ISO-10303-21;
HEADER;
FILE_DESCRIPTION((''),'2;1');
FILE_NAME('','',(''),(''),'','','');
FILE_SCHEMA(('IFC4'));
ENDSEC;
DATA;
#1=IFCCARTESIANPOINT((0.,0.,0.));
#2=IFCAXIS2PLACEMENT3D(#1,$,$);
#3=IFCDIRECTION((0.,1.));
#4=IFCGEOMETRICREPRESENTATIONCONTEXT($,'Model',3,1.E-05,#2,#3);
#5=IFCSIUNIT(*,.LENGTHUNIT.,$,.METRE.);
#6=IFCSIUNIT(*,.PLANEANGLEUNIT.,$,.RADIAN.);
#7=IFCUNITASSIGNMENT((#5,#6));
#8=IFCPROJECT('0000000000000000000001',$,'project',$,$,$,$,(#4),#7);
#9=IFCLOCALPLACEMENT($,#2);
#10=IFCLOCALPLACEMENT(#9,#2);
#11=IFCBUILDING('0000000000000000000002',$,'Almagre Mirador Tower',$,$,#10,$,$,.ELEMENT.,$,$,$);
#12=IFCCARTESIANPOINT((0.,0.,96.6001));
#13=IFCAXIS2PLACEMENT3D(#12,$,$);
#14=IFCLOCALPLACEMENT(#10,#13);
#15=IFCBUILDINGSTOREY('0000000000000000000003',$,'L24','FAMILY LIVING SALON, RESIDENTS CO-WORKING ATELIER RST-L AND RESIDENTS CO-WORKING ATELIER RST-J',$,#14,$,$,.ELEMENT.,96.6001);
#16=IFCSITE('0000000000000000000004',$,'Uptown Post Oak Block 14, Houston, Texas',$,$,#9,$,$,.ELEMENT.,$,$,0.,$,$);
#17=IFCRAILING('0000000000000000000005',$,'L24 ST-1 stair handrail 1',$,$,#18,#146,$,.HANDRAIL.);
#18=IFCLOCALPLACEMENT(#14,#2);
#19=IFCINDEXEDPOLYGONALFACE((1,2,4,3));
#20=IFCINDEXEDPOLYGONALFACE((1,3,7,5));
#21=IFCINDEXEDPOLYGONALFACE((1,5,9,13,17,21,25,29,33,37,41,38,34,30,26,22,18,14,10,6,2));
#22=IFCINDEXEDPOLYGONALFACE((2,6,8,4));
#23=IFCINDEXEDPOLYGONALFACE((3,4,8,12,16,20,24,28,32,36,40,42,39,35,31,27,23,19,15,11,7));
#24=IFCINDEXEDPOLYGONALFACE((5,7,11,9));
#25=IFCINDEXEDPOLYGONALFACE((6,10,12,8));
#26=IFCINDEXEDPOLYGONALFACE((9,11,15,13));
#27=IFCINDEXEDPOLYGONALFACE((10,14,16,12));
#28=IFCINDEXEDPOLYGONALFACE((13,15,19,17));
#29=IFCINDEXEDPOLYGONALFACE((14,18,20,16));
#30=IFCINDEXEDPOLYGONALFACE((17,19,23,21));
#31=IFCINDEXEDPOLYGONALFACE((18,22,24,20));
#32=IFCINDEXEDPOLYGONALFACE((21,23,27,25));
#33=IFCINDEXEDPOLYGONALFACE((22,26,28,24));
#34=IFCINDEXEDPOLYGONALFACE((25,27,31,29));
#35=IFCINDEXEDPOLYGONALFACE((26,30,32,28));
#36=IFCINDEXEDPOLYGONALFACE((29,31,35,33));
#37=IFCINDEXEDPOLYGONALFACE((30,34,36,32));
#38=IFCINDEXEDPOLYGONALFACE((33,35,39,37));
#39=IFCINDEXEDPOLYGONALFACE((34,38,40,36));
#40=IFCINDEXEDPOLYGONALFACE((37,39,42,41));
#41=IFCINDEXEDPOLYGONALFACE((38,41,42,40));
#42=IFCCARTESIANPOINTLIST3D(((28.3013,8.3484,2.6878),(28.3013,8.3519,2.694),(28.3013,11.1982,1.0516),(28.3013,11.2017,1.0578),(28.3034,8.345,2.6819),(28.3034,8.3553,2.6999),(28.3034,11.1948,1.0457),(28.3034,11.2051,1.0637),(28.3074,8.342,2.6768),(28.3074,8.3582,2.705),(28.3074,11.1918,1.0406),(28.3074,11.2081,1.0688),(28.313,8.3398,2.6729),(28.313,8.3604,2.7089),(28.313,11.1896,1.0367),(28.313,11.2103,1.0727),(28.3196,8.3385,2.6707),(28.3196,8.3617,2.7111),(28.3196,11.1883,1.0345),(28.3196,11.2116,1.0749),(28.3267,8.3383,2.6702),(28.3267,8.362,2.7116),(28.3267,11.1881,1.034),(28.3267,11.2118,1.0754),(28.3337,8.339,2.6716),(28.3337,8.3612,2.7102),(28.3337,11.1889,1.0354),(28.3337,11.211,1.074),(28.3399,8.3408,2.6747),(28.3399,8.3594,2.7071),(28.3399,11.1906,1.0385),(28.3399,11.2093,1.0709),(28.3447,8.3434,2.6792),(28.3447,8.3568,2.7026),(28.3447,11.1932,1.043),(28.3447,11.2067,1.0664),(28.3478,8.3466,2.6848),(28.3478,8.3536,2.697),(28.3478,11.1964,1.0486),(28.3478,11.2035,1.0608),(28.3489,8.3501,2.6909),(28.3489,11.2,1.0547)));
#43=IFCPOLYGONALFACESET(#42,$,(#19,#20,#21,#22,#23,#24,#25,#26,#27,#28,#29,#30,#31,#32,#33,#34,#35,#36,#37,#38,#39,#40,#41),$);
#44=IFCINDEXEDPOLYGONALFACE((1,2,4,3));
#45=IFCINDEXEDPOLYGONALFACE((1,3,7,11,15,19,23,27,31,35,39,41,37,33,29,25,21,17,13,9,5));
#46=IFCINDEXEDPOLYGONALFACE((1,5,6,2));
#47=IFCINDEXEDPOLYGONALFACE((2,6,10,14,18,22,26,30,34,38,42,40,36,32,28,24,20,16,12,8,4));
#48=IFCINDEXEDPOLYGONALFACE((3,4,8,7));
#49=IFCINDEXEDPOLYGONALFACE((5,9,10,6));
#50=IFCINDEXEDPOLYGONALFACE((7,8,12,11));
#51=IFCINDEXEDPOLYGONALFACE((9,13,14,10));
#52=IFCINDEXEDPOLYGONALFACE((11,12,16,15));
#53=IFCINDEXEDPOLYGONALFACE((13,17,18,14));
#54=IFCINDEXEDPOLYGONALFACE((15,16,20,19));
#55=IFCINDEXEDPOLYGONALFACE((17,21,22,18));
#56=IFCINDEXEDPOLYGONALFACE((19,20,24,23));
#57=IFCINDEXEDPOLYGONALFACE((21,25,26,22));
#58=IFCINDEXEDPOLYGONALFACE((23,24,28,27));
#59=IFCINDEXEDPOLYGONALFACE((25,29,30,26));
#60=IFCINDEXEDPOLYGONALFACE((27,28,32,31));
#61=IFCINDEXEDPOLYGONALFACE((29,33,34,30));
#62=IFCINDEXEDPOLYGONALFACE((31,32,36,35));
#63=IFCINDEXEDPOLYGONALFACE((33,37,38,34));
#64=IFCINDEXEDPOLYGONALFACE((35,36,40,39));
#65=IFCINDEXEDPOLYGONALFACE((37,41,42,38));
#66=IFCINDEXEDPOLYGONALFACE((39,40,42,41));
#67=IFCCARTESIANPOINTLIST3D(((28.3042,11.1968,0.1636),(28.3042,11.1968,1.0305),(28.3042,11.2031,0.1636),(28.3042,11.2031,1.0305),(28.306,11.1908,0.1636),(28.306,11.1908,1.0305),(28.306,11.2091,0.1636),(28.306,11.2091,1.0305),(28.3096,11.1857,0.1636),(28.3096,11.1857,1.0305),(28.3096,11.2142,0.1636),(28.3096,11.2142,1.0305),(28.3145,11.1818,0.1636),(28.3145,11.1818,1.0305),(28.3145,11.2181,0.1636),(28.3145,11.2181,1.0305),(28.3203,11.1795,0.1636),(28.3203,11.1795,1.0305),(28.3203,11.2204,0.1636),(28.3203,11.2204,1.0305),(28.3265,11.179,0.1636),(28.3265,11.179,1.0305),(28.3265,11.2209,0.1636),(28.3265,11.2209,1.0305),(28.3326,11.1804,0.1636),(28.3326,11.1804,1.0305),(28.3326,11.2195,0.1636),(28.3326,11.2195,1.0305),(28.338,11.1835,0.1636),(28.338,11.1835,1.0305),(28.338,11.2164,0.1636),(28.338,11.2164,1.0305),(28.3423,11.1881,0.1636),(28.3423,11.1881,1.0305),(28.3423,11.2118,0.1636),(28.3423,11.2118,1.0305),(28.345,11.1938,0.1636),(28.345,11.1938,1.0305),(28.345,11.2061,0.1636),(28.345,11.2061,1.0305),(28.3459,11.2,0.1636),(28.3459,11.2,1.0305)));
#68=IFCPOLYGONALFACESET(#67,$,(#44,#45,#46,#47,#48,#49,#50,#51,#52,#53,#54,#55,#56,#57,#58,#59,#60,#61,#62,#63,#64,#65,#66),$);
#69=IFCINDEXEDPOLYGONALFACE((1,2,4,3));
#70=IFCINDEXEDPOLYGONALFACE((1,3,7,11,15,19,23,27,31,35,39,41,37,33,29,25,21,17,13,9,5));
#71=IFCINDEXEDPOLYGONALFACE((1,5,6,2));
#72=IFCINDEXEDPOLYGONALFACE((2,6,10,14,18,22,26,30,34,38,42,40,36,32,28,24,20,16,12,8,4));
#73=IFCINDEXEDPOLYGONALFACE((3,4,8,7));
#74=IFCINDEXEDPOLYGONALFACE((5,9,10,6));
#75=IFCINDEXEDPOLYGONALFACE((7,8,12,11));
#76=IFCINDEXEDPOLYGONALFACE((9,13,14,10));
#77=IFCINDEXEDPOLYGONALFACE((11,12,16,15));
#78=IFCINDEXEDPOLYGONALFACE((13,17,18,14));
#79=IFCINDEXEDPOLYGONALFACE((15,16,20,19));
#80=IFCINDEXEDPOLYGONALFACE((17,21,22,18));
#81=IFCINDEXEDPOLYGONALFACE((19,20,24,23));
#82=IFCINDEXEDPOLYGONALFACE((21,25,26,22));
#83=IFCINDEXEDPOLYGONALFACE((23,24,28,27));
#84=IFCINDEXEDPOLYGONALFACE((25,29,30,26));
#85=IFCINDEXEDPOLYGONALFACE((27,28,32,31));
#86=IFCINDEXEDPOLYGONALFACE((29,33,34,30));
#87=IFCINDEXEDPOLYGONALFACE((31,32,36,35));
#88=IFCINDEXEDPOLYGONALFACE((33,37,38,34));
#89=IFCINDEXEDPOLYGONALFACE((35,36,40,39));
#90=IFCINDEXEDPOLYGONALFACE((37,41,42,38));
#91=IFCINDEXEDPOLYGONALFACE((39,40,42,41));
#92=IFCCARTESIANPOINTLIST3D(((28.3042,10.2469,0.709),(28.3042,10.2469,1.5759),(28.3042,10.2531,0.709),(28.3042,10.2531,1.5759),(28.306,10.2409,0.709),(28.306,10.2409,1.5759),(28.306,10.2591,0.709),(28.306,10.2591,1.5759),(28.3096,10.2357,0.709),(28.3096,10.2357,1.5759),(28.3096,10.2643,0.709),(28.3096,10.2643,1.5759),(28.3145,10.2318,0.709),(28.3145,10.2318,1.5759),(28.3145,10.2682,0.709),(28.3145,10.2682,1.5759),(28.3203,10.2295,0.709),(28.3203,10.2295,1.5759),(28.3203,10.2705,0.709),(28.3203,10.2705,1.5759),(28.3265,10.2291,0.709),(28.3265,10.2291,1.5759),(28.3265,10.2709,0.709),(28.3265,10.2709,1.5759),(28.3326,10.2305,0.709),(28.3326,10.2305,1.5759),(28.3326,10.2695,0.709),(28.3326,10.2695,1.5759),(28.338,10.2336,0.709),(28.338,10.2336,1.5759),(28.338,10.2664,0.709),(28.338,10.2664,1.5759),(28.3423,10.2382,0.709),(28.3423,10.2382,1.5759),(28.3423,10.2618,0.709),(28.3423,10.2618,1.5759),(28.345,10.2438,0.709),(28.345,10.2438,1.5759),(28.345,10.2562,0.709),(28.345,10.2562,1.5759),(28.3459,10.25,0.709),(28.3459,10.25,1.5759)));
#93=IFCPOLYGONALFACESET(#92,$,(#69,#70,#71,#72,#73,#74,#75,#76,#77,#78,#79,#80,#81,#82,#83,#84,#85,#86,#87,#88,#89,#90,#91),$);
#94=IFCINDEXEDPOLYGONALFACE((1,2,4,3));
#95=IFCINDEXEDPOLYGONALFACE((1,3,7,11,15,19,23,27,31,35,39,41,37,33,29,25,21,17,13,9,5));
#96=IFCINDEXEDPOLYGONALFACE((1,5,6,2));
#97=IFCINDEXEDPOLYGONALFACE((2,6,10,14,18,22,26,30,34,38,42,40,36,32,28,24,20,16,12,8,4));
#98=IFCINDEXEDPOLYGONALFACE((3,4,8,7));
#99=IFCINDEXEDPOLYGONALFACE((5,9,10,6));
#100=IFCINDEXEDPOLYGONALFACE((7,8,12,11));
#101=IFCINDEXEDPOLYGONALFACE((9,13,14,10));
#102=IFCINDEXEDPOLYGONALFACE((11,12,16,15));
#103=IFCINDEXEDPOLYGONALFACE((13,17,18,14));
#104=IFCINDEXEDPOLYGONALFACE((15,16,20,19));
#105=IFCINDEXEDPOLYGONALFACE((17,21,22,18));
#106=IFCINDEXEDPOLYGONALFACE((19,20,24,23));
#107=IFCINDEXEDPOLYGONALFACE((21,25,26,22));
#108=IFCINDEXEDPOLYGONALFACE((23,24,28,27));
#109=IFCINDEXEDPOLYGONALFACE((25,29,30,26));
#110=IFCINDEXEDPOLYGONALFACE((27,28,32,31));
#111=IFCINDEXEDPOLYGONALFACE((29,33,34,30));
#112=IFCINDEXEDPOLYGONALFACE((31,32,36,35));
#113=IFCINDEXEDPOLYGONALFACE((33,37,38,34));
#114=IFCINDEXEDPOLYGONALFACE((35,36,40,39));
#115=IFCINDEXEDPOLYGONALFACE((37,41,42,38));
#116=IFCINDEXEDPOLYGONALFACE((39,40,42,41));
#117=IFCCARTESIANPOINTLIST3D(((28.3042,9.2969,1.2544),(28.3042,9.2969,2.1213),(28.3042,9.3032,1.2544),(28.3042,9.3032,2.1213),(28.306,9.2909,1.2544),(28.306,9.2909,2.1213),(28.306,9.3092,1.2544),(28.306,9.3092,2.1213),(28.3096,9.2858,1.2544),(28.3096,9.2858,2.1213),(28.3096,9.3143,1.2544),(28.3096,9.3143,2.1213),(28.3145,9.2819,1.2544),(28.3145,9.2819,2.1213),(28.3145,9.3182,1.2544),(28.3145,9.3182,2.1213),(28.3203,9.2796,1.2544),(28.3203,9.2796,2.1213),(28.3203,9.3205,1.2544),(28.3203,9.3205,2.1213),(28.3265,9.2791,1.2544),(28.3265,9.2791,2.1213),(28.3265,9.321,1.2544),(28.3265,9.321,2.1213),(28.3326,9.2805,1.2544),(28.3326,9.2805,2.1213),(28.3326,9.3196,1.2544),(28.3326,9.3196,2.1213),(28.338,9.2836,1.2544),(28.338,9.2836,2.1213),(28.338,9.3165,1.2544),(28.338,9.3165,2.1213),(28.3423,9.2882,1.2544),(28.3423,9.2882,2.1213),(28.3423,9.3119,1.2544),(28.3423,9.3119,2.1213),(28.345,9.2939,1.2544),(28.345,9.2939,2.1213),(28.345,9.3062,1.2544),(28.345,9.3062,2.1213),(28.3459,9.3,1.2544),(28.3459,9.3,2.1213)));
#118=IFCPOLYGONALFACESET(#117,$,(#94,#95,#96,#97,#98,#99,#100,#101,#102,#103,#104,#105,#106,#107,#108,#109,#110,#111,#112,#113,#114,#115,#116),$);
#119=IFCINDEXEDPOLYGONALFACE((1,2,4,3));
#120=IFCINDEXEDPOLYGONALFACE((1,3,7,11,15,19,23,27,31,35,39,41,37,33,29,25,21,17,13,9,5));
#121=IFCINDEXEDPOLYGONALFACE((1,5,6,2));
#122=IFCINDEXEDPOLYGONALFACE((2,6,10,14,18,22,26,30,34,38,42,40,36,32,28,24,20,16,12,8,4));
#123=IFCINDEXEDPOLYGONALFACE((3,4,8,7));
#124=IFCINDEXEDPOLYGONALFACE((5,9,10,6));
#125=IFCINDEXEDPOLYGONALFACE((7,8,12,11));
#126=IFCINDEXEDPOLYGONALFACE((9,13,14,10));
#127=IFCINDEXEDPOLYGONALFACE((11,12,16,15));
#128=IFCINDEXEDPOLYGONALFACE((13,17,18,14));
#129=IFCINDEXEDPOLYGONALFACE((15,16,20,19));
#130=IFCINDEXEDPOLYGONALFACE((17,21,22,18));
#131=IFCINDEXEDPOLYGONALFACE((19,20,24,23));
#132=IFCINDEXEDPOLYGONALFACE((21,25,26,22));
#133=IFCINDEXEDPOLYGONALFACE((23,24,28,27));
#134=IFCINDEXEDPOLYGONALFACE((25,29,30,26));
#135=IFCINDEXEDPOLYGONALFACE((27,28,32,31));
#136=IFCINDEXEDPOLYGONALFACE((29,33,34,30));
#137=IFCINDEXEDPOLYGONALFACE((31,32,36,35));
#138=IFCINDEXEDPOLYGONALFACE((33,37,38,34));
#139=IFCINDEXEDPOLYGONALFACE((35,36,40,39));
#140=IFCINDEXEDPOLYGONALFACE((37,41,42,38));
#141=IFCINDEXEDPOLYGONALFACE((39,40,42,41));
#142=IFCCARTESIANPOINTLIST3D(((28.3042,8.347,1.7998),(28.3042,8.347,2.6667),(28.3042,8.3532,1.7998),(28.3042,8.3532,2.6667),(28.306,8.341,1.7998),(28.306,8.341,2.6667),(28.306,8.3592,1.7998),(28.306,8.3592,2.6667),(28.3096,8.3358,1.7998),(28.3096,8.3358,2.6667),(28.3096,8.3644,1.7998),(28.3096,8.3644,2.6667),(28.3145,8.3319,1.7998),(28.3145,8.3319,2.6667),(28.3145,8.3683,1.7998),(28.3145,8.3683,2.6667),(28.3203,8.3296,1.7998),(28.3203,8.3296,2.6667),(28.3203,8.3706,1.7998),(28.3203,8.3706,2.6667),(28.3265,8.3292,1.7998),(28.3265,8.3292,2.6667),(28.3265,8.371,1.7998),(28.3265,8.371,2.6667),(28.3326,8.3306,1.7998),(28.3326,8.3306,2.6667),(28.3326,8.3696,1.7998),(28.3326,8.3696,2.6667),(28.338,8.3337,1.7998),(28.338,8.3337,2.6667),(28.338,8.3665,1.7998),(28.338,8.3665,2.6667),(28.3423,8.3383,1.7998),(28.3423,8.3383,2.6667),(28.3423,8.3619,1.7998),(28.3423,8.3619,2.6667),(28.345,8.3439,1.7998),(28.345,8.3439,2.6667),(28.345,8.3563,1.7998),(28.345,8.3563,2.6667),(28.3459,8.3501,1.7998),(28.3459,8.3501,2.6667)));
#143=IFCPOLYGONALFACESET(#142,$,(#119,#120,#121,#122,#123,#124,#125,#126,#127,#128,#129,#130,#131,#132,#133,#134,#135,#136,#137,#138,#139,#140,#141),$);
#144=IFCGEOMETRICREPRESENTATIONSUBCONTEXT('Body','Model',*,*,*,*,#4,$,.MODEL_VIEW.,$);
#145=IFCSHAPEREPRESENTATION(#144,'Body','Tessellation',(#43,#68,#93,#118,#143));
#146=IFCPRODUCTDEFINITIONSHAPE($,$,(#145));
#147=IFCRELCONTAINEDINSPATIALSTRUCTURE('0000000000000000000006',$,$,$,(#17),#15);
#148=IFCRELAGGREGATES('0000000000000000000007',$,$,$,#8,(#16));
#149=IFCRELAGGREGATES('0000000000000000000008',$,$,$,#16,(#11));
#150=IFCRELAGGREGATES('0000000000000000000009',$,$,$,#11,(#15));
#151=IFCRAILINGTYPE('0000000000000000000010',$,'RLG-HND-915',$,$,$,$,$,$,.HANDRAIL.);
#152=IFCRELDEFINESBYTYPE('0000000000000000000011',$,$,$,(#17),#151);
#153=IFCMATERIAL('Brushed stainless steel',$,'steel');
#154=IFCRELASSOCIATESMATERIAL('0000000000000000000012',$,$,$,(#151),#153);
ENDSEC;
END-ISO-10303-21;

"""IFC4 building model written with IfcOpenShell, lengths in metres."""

from ifc_helpers import new_model, si_unit, direction, frame, origin, origin_2d, place, context, subcontext, project, spatial, circle, extrude, material, type_object, element, save


model = new_model("IFC4")

# Units and contexts
model_context = context("Model", 3, precision=1e-05, world=origin(), true_north=direction((0.0, 1.0)))
body_context = subcontext(model_context, "Body", "Model", "MODEL_VIEW")
ifc_project = project(units=[si_unit("LENGTHUNIT", "METRE"), si_unit("PLANEANGLEUNIT", "RADIAN")], contexts=[model_context])

# Site, building, storey
site_placement = place(None, origin())
site = spatial("IfcSite", under=ifc_project, at=site_placement, Name="Uptown Post Oak Block 14, Houston, Texas", CompositionType="ELEMENT", RefElevation=0.0)
building_placement = place(site_placement, origin())
building = spatial("IfcBuilding", under=site, at=building_placement, Name="Almagre Mirador Tower", CompositionType="ELEMENT")
storey_placement = place(building_placement, frame((0.0, 0.0, 96.6001)))
storey = spatial("IfcBuildingStorey", under=building, at=storey_placement, Name="L24", Description="FAMILY LIVING SALON, RESIDENTS CO-WORKING ATELIER RST-L AND RESIDENTS CO-WORKING ATELIER RST-J", CompositionType="ELEMENT", Elevation=96.6001)

# Railing
ifc_material_1 = material(Name="Brushed stainless steel", Category="steel")
railing_type_1 = type_object("IfcRailingType", Name="RLG-HND-915", PredefinedType="HANDRAIL", material=ifc_material_1)
railing_1_placement = place(storey_placement, frame((28.325, 11.2, 0.1636)))
element("IfcRailing", 1, at=railing_1_placement, inside=storey, type_object=railing_type_1, Name="L24 ST-1 stair handrail 1", PredefinedType="HANDRAIL", context=body_context, shape_type="SweptSolid", body=[
    extrude(circle(Radius=0.0239, at=origin_2d()), frame((0.0, 0.0, 0.8911), z_axis=(0.0, -0.867226, 0.497914), x_axis=(1.0, 0.0, 0.0)), (0.0, 0.0, 1.0), 3.2861),
    extrude(circle(Radius=0.021, at=origin_2d()), origin(), (0.0, 0.0, 1.0), 0.8669),
    extrude(circle(Radius=0.021, at=origin_2d()), frame((0.0, -0.95, 0.5454)), (0.0, 0.0, 1.0), 0.8669),
    extrude(circle(Radius=0.021, at=origin_2d()), frame((0.0, -1.8999, 1.0908)), (0.0, 0.0, 1.0), 0.8669),
    extrude(circle(Radius=0.021, at=origin_2d()), frame((0.0, -2.8499, 1.6362)), (0.0, 0.0, 1.0), 0.8669),
])

save(model, "model.ifc")
